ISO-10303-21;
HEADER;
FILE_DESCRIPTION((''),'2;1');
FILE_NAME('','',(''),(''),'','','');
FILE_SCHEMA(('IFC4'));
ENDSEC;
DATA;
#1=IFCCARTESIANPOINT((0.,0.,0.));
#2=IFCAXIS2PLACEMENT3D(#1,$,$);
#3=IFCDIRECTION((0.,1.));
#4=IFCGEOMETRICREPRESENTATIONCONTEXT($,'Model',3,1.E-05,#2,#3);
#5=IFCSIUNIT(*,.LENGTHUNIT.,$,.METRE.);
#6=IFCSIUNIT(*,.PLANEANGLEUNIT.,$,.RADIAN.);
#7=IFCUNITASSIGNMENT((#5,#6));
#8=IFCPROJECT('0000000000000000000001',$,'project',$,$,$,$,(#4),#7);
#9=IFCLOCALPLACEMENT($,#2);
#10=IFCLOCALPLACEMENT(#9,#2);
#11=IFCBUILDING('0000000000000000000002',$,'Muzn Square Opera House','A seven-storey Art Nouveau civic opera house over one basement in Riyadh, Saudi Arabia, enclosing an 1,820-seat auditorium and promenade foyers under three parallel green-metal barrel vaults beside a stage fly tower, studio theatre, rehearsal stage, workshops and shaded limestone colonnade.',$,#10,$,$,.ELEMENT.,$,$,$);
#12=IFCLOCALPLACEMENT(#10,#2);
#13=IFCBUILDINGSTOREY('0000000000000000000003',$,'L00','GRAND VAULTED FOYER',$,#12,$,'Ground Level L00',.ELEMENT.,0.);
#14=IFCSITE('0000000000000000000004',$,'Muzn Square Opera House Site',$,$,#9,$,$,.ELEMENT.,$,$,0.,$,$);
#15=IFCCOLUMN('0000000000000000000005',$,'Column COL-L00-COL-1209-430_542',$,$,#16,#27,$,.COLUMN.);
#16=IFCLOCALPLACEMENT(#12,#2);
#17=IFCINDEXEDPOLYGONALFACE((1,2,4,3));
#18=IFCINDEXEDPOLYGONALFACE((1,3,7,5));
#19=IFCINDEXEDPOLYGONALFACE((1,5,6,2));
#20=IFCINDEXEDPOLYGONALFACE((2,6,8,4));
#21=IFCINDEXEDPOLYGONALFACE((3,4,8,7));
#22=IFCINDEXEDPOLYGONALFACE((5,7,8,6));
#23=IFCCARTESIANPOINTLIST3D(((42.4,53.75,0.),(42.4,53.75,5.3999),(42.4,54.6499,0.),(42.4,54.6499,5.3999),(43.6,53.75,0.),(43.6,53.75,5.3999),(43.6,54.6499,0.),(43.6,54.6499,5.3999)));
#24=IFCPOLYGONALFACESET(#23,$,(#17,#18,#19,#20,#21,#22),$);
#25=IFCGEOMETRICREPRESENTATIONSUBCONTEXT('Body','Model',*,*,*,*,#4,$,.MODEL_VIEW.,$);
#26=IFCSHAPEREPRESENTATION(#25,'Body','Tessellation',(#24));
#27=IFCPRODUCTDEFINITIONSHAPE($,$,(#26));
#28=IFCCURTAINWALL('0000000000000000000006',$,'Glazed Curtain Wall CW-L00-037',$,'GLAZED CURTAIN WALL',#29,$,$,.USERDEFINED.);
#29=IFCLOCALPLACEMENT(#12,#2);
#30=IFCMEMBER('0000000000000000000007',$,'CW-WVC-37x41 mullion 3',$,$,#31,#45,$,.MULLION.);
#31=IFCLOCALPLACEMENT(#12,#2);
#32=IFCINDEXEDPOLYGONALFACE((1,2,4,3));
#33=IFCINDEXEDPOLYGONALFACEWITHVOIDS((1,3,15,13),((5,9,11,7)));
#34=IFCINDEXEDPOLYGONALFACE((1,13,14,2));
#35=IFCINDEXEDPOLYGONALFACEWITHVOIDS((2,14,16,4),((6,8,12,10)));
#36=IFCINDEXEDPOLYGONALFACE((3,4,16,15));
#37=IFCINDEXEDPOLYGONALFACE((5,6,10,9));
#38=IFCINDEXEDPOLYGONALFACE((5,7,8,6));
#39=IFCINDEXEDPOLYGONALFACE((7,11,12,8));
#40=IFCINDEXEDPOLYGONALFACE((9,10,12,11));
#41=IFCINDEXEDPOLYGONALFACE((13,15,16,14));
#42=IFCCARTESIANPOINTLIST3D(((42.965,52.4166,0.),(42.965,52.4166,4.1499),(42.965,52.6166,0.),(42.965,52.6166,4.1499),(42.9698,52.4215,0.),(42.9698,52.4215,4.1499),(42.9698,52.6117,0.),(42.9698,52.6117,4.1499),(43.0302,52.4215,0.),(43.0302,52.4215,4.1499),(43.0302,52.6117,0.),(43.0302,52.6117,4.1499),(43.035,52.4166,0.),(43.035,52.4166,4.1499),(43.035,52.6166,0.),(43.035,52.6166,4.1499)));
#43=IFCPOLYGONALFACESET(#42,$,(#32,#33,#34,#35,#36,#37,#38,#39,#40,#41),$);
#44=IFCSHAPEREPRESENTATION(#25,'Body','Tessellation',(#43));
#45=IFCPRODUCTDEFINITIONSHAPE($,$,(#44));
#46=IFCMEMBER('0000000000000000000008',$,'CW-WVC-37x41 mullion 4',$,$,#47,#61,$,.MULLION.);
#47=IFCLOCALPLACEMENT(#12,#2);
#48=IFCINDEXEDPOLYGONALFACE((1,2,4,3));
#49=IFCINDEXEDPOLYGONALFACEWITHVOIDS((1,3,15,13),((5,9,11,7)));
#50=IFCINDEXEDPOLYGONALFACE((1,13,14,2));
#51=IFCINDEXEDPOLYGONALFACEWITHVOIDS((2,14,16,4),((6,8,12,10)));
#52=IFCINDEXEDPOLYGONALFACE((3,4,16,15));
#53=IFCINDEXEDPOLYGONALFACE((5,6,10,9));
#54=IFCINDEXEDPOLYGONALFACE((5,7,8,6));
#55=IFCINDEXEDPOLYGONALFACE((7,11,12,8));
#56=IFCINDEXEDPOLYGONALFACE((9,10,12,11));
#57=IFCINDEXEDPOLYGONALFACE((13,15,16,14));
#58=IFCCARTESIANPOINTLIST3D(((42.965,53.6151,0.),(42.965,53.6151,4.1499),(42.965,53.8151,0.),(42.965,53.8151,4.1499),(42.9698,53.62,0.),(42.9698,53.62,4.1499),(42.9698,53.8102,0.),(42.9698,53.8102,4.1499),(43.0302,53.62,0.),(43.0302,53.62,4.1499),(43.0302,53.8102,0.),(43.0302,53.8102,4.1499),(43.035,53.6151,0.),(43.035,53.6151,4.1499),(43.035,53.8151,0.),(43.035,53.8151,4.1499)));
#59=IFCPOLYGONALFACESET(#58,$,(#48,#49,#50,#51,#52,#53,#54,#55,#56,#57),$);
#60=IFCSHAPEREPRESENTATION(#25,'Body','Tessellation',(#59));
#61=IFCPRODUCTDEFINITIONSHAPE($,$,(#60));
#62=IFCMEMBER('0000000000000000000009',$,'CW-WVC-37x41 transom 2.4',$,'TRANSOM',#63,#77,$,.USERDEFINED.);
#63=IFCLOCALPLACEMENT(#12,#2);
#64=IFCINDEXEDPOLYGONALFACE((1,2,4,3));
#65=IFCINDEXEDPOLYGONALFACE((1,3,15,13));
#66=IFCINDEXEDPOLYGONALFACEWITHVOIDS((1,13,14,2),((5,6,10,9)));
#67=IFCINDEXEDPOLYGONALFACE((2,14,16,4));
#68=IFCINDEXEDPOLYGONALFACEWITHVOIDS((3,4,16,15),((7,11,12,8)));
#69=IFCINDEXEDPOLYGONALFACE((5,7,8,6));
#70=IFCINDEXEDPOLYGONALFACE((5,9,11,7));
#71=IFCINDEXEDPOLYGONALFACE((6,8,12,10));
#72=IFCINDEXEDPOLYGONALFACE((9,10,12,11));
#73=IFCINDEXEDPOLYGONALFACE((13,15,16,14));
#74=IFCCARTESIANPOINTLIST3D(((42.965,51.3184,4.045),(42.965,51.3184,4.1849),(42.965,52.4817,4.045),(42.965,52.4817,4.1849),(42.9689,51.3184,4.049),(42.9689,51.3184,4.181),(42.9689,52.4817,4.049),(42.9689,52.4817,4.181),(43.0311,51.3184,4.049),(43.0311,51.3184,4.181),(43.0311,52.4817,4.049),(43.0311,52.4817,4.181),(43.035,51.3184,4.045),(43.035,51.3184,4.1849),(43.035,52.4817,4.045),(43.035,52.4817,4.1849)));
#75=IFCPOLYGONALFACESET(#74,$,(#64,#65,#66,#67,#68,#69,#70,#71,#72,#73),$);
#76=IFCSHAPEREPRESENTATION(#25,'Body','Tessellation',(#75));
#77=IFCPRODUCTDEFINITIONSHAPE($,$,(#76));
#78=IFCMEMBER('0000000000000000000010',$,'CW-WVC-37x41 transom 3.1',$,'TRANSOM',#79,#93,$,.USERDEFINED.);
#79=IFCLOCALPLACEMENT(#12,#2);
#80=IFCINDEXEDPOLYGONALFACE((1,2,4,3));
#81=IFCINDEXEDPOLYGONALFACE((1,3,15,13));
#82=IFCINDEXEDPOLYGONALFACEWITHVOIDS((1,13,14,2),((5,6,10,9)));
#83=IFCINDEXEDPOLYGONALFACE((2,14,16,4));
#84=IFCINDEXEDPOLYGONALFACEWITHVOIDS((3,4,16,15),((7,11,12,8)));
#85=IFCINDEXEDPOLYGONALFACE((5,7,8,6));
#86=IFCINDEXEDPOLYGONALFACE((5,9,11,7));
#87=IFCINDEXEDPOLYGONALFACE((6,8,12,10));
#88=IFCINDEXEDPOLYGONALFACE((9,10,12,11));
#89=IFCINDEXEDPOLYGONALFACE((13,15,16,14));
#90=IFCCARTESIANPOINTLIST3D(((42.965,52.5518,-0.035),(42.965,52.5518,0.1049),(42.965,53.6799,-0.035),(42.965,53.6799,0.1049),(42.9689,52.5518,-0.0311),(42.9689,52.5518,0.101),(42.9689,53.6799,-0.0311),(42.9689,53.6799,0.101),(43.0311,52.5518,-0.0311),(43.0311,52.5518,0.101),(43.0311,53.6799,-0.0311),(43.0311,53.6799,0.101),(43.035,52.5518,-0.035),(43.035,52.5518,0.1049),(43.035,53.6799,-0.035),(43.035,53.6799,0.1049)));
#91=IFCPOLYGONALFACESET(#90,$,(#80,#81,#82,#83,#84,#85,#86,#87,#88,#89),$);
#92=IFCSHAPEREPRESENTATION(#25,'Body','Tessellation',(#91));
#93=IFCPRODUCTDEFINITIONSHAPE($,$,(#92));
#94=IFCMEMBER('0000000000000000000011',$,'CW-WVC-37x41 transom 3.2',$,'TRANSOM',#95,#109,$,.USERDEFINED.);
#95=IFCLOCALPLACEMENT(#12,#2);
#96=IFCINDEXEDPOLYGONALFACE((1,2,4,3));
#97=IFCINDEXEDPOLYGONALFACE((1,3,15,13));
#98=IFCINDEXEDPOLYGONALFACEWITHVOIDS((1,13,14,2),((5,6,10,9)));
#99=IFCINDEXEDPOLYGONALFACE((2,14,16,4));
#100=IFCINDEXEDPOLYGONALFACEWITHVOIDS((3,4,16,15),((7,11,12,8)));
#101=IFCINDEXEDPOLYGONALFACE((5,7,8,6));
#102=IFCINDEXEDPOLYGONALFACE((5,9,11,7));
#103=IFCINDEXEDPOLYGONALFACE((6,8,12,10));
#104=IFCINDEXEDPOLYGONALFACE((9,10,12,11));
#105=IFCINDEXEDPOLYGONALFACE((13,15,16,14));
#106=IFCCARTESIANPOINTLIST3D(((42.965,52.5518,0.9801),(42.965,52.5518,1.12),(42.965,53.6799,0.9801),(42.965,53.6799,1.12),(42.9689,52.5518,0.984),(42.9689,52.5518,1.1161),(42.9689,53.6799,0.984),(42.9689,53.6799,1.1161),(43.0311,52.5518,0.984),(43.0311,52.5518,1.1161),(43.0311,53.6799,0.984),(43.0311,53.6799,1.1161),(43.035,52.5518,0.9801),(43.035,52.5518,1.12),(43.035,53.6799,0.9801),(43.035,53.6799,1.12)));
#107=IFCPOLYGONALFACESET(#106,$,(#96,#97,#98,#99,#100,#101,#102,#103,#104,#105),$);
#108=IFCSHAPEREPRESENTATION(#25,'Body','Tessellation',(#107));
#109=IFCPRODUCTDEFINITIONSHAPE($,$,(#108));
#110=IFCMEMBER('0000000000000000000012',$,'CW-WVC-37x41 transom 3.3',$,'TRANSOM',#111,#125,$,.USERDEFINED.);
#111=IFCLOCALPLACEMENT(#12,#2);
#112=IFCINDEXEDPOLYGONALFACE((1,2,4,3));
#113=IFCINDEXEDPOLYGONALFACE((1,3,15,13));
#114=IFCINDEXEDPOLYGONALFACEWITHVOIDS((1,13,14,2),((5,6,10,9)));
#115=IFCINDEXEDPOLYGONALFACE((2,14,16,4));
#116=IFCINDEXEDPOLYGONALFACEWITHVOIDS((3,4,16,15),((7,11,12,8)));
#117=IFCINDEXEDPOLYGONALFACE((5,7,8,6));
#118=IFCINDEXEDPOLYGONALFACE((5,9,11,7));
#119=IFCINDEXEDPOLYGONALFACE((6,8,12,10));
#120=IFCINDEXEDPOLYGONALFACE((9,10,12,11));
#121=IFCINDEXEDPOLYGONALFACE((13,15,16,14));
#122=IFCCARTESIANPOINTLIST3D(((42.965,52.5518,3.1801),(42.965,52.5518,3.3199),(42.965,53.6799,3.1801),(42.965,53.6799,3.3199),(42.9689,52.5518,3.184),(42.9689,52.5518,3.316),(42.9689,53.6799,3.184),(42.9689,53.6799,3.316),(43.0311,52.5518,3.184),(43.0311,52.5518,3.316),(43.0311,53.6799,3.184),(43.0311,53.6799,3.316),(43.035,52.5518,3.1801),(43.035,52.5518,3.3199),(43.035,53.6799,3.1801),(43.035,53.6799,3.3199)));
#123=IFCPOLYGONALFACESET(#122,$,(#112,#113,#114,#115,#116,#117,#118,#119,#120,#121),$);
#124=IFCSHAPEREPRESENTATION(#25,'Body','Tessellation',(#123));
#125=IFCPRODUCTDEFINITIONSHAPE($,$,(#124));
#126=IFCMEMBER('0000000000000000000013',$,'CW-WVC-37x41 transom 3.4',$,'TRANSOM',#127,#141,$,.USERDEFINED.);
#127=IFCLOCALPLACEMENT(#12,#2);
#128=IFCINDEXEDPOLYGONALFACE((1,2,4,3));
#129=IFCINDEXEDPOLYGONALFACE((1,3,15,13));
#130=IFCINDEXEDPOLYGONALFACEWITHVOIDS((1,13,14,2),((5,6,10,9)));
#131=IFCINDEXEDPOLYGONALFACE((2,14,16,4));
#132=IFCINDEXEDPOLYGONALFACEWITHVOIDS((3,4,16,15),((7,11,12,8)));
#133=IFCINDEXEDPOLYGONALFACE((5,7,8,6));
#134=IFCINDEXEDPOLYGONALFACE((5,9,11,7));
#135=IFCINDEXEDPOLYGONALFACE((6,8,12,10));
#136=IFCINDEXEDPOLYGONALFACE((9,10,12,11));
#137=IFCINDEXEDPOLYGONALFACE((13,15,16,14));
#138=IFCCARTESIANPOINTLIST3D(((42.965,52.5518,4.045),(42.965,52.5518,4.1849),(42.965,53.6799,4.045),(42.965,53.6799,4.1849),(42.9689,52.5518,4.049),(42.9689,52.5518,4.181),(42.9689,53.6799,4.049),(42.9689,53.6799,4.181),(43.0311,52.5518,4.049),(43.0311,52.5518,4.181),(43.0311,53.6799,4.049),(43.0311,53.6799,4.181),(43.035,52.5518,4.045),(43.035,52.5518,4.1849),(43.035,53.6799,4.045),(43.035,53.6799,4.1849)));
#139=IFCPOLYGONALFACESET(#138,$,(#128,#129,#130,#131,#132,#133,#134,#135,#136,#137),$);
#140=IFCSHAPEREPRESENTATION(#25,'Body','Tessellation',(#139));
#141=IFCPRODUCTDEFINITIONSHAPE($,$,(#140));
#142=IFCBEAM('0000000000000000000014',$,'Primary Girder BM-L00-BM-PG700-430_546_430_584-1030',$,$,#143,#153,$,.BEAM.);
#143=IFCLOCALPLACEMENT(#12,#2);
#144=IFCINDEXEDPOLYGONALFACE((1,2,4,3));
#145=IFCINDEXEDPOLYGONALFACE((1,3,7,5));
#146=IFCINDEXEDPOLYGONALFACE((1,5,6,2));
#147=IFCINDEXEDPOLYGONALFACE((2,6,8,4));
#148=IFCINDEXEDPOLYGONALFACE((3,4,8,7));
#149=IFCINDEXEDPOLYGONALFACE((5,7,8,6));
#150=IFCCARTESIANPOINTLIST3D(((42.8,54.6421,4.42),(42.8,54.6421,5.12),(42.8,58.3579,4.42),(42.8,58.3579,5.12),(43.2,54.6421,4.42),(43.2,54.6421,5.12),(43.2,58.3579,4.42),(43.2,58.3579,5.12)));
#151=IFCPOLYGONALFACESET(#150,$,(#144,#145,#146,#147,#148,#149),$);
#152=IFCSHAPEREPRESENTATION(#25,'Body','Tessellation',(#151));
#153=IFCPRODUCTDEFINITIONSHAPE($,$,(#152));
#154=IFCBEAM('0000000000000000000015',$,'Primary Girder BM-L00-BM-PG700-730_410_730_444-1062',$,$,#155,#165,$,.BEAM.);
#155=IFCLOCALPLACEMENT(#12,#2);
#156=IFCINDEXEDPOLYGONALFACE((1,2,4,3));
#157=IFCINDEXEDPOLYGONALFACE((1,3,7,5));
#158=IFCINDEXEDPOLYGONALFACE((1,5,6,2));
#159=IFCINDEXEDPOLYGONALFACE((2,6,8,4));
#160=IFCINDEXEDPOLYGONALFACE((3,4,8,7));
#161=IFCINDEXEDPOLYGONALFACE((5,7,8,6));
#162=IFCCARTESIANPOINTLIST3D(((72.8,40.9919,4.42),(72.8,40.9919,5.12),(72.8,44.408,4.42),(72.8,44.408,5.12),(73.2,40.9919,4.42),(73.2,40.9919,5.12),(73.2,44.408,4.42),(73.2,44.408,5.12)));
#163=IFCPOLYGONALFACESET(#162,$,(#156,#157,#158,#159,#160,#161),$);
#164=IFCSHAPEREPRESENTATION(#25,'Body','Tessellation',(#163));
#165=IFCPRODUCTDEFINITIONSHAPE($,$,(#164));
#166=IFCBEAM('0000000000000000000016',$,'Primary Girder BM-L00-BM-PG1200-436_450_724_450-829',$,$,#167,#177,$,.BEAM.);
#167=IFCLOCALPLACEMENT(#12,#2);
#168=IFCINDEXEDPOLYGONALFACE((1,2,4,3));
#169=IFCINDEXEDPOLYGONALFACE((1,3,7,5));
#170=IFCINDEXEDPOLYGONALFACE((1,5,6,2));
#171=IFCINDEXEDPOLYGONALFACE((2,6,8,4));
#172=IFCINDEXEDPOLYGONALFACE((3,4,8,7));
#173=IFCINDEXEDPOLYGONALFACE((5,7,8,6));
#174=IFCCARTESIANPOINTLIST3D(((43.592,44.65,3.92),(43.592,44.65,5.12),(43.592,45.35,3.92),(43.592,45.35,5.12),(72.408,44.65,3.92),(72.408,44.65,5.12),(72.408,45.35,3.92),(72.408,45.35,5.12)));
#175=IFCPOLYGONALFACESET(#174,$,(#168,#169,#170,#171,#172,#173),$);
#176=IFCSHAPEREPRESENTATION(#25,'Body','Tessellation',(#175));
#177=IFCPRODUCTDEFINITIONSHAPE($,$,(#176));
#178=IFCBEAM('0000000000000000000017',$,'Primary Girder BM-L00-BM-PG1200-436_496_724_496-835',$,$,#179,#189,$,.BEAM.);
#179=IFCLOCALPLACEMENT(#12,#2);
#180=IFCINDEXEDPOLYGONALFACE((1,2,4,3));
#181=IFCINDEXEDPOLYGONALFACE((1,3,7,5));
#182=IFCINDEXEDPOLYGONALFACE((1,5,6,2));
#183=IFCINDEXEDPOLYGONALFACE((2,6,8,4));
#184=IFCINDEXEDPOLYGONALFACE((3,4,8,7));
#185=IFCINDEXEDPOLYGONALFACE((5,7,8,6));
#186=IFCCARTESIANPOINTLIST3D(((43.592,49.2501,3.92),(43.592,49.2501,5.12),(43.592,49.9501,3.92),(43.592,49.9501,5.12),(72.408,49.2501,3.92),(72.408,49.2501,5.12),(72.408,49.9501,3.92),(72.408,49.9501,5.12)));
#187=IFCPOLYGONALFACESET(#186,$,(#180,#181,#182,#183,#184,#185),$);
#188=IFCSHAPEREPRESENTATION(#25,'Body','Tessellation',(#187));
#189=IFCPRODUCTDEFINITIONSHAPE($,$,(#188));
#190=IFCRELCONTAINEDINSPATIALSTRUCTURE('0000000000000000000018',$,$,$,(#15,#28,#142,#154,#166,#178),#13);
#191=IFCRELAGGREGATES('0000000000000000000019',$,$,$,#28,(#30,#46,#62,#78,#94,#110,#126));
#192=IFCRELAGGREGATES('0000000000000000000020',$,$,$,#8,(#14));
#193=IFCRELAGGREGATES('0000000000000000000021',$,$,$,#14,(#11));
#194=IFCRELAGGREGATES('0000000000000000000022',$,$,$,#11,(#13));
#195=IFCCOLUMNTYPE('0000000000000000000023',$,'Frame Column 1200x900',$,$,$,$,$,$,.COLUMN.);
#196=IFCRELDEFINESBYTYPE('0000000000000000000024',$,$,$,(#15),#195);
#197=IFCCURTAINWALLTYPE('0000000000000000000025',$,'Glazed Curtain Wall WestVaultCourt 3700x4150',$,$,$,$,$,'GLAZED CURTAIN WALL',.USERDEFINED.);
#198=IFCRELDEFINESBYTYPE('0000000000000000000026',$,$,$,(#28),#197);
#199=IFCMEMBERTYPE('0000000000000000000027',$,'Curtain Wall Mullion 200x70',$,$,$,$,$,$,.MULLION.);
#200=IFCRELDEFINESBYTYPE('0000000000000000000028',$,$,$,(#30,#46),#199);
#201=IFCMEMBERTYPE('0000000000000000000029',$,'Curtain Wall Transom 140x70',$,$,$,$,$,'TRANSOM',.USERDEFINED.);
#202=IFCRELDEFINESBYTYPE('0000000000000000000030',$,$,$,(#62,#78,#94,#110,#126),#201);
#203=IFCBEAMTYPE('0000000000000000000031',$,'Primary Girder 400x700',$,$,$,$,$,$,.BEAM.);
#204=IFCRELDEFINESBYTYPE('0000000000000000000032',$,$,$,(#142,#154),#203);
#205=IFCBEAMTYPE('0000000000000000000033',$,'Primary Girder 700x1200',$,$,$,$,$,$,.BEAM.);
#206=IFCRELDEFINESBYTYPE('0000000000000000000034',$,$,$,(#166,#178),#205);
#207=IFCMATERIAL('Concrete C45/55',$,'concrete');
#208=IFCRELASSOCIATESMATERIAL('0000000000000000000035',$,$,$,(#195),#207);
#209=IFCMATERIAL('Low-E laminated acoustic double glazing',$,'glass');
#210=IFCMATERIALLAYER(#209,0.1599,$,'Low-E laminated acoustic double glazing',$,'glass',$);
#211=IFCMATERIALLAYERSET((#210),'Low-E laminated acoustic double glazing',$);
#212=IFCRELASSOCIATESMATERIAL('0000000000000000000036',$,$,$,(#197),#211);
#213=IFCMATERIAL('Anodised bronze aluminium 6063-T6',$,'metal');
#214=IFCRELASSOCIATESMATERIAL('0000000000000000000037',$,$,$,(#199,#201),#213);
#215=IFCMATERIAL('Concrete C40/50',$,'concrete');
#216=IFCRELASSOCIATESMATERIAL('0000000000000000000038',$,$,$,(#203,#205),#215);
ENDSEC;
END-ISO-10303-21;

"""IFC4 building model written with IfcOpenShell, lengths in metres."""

from ifc_helpers import new_model, si_unit, direction, frame, origin, origin_2d, place, context, subcontext, project, spatial, rectangle, hollow_rectangle, extrude, material, layer, layer_set, material_profile, profile_set, type_object, element, aggregate, save


model = new_model("IFC4")

# Units and contexts
model_context = context("Model", 3, precision=1e-05, world=origin(), true_north=direction((0.0, 1.0)))
body_context = subcontext(model_context, "Body", "Model", "MODEL_VIEW")
ifc_project = project(units=[si_unit("LENGTHUNIT", "METRE"), si_unit("PLANEANGLEUNIT", "RADIAN")], contexts=[model_context])

# Site, building, storey
site_placement = place(None, origin())
site = spatial("IfcSite", under=ifc_project, at=site_placement, Name="Muzn Square Opera House Site", CompositionType="ELEMENT", RefElevation=0.0)
building_placement = place(site_placement, origin())
building = spatial("IfcBuilding", under=site, at=building_placement, Name="Muzn Square Opera House", Description="A seven-storey Art Nouveau civic opera house over one basement in Riyadh, Saudi Arabia, enclosing an 1,820-seat auditorium and promenade foyers under three parallel green-metal barrel vaults beside a stage fly tower, studio theatre, rehearsal stage, workshops and shaded limestone colonnade.", CompositionType="ELEMENT")
storey_placement = place(building_placement, origin())
storey = spatial("IfcBuildingStorey", under=building, at=storey_placement, Name="L00", Description="GRAND VAULTED FOYER", LongName="Ground Level L00", CompositionType="ELEMENT", Elevation=0.0)

# Column
ifc_material_1 = material(Name="Concrete C45/55", Category="concrete")
ifc_material_profile_1 = material_profile(ifc_material_1, rectangle(XDim=1.2, YDim=0.8999, at=origin_2d()), Name="RC 1200x900", Category="concrete")
ifc_profile_set_1 = profile_set([ifc_material_profile_1], Name="Concrete C45/55")
column_type = type_object("IfcColumnType", Name="Frame Column 1200x900", PredefinedType="COLUMN", material=ifc_profile_set_1)
column_placement = place(storey_placement, frame((43.0, 54.2, 0.0), z_axis=(0.0, 0.0, 1.0), x_axis=(1.0, 0.0, 0.0)))
element("IfcColumn", 1, at=column_placement, inside=storey, type_object=column_type, Name="Column COL-L00-COL-1209-430_542", PredefinedType="COLUMN", context=body_context, shape_type="SweptSolid", body=[
    extrude(rectangle(XDim=1.2, YDim=0.8999, at=origin_2d()), origin(), (0.0, 0.0, 1.0), 5.3999),
])

# Curtain wall, members
ifc_material_2 = material(Name="Low-E laminated acoustic double glazing", Category="glass")
ifc_layer_1 = layer(ifc_material_2, 0.1599, Name="Low-E laminated acoustic double glazing", Category="glass")
ifc_layer_set_1 = layer_set([ifc_layer_1], Name="Low-E laminated acoustic double glazing")
curtain_wall_type = type_object("IfcCurtainWallType", Name="Glazed Curtain Wall WestVaultCourt 3700x4150", ElementType="GLAZED CURTAIN WALL", PredefinedType="USERDEFINED", material=ifc_layer_set_1)
curtain_wall_placement = place(storey_placement, origin())
curtain_wall = element("IfcCurtainWall", 2, at=curtain_wall_placement, inside=storey, type_object=curtain_wall_type, Name="Glazed Curtain Wall CW-L00-037", ObjectType="GLAZED CURTAIN WALL", PredefinedType="USERDEFINED")
ifc_material_3 = material(Name="Anodised bronze aluminium 6063-T6", Category="metal")
ifc_material_profile_2 = material_profile(ifc_material_3, hollow_rectangle(XDim=0.0701, YDim=0.2, WallThickness=0.0049, at=origin_2d()), Name="ALU 200x70x5", Category="metal")
ifc_profile_set_2 = profile_set([ifc_material_profile_2], Name="Anodised bronze aluminium 6063-T6")
member_type_1 = type_object("IfcMemberType", Name="Curtain Wall Mullion 200x70", PredefinedType="MULLION", material=ifc_profile_set_2)
member_1_placement = place(storey_placement, frame((43.0, 52.5166, 0.0), z_axis=(0.0, 0.0, 1.0), x_axis=(-1.0, 0.0, 0.0)))
member_1 = element("IfcMember", 3, at=member_1_placement, type_object=member_type_1, Name="CW-WVC-37x41 mullion 3", PredefinedType="MULLION", context=body_context, shape_type="SweptSolid", body=[
    extrude(hollow_rectangle(XDim=0.0701, YDim=0.2, WallThickness=0.0049, at=origin_2d()), origin(), (0.0, 0.0, 1.0), 4.1499),
])
member_2_placement = place(storey_placement, frame((43.0, 53.7151, 0.0), z_axis=(0.0, 0.0, 1.0), x_axis=(-1.0, 0.0, 0.0)))
member_2 = element("IfcMember", 4, at=member_2_placement, type_object=member_type_1, Name="CW-WVC-37x41 mullion 4", PredefinedType="MULLION", context=body_context, shape_type="SweptSolid", body=[
    extrude(hollow_rectangle(XDim=0.0701, YDim=0.2, WallThickness=0.0049, at=origin_2d()), origin(), (0.0, 0.0, 1.0), 4.1499),
])
ifc_material_profile_3 = material_profile(ifc_material_3, hollow_rectangle(XDim=0.0701, YDim=0.1399, WallThickness=0.0039, at=origin_2d()), Name="ALU 140x70x4", Category="metal")
ifc_profile_set_3 = profile_set([ifc_material_profile_3], Name="Anodised bronze aluminium 6063-T6")
member_type_2 = type_object("IfcMemberType", Name="Curtain Wall Transom 140x70", ElementType="TRANSOM", PredefinedType="USERDEFINED", material=ifc_profile_set_3)
member_3_placement = place(storey_placement, frame((43.0, 51.3184, 4.115), z_axis=(0.0, 1.0, 0.0), x_axis=(-1.0, 0.0, 0.0)))
member_3 = element("IfcMember", 5, at=member_3_placement, type_object=member_type_2, Name="CW-WVC-37x41 transom 2.4", ObjectType="TRANSOM", PredefinedType="USERDEFINED", context=body_context, shape_type="SweptSolid", body=[
    extrude(hollow_rectangle(XDim=0.0701, YDim=0.1399, WallThickness=0.0039, at=origin_2d()), origin(), (0.0, 0.0, 1.0), 1.1633),
])
member_4_placement = place(storey_placement, frame((43.0, 52.5518, 0.0349), z_axis=(0.0, 1.0, 0.0), x_axis=(-1.0, 0.0, 0.0)))
member_4 = element("IfcMember", 6, at=member_4_placement, type_object=member_type_2, Name="CW-WVC-37x41 transom 3.1", ObjectType="TRANSOM", PredefinedType="USERDEFINED", context=body_context, shape_type="SweptSolid", body=[
    extrude(hollow_rectangle(XDim=0.0701, YDim=0.1399, WallThickness=0.0039, at=origin_2d()), origin(), (0.0, 0.0, 1.0), 1.1282),
])
member_5_placement = place(storey_placement, frame((43.0, 52.5518, 1.05), z_axis=(0.0, 1.0, 0.0), x_axis=(-1.0, 0.0, 0.0)))
member_5 = element("IfcMember", 7, at=member_5_placement, type_object=member_type_2, Name="CW-WVC-37x41 transom 3.2", ObjectType="TRANSOM", PredefinedType="USERDEFINED", context=body_context, shape_type="SweptSolid", body=[
    extrude(hollow_rectangle(XDim=0.0701, YDim=0.1399, WallThickness=0.0039, at=origin_2d()), origin(), (0.0, 0.0, 1.0), 1.1282),
])
member_6_placement = place(storey_placement, frame((43.0, 52.5518, 3.25), z_axis=(0.0, 1.0, 0.0), x_axis=(-1.0, 0.0, 0.0)))
member_6 = element("IfcMember", 8, at=member_6_placement, type_object=member_type_2, Name="CW-WVC-37x41 transom 3.3", ObjectType="TRANSOM", PredefinedType="USERDEFINED", context=body_context, shape_type="SweptSolid", body=[
    extrude(hollow_rectangle(XDim=0.0701, YDim=0.1399, WallThickness=0.0039, at=origin_2d()), origin(), (0.0, 0.0, 1.0), 1.1282),
])
member_7_placement = place(storey_placement, frame((43.0, 52.5518, 4.115), z_axis=(0.0, 1.0, 0.0), x_axis=(-1.0, 0.0, 0.0)))
member_7 = element("IfcMember", 9, at=member_7_placement, type_object=member_type_2, Name="CW-WVC-37x41 transom 3.4", ObjectType="TRANSOM", PredefinedType="USERDEFINED", context=body_context, shape_type="SweptSolid", body=[
    extrude(hollow_rectangle(XDim=0.0701, YDim=0.1399, WallThickness=0.0039, at=origin_2d()), origin(), (0.0, 0.0, 1.0), 1.1282),
])

# Beams
ifc_material_4 = material(Name="Concrete C40/50", Category="concrete")
ifc_material_profile_4 = material_profile(ifc_material_4, rectangle(XDim=0.3999, YDim=0.7, at=origin_2d()), Name="RCB 400x700", Category="concrete")
ifc_profile_set_4 = profile_set([ifc_material_profile_4], Name="Concrete C40/50")
beam_type_1 = type_object("IfcBeamType", Name="Primary Girder 400x700", PredefinedType="BEAM", material=ifc_profile_set_4)
beam_1_placement = place(storey_placement, frame((43.0, 54.6421, 4.77), z_axis=(0.0, 1.0, 0.0), x_axis=(-1.0, 0.0, 0.0)))
element("IfcBeam", 10, at=beam_1_placement, inside=storey, type_object=beam_type_1, Name="Primary Girder BM-L00-BM-PG700-430_546_430_584-1030", PredefinedType="BEAM", context=body_context, shape_type="SweptSolid", body=[
    extrude(rectangle(XDim=0.3999, YDim=0.7, at=origin_2d()), origin(), (0.0, 0.0, 1.0), 3.7158),
])
beam_2_placement = place(storey_placement, frame((73.0, 40.9919, 4.77), z_axis=(0.0, 1.0, 0.0), x_axis=(-1.0, 0.0, 0.0)))
element("IfcBeam", 11, at=beam_2_placement, inside=storey, type_object=beam_type_1, Name="Primary Girder BM-L00-BM-PG700-730_410_730_444-1062", PredefinedType="BEAM", context=body_context, shape_type="SweptSolid", body=[
    extrude(rectangle(XDim=0.3999, YDim=0.7, at=origin_2d()), origin(), (0.0, 0.0, 1.0), 3.416),
])
ifc_material_profile_5 = material_profile(ifc_material_4, rectangle(XDim=0.7, YDim=1.2, at=origin_2d()), Name="RCB 700x1200", Category="concrete")
ifc_profile_set_5 = profile_set([ifc_material_profile_5], Name="Concrete C40/50")
beam_type_2 = type_object("IfcBeamType", Name="Primary Girder 700x1200", PredefinedType="BEAM", material=ifc_profile_set_5)
for number, where, z_axis, x_axis, name in (
    (12, (43.592, 45.0, 4.52), (1.0, 0.0, 0.0), (0.0, 1.0, 0.0), "Primary Girder BM-L00-BM-PG1200-436_450_724_450-829"),
    (13, (43.592, 49.6001, 4.52), (1.0, 0.0, 0.0), (0.0, 1.0, 0.0), "Primary Girder BM-L00-BM-PG1200-436_496_724_496-835"),
):
    element("IfcBeam", number, at=place(storey_placement, frame(where, z_axis=z_axis, x_axis=x_axis)), inside=storey, type_object=beam_type_2, Name=name, PredefinedType="BEAM", context=body_context, shape_type="SweptSolid", body=[
        extrude(rectangle(XDim=0.7, YDim=1.2, at=origin_2d()), origin(), (0.0, 0.0, 1.0), 28.8159),
    ])

aggregate(curtain_wall, [member_1, member_2, member_3, member_4, member_5, member_6, member_7])

save(model, "model.ifc")
